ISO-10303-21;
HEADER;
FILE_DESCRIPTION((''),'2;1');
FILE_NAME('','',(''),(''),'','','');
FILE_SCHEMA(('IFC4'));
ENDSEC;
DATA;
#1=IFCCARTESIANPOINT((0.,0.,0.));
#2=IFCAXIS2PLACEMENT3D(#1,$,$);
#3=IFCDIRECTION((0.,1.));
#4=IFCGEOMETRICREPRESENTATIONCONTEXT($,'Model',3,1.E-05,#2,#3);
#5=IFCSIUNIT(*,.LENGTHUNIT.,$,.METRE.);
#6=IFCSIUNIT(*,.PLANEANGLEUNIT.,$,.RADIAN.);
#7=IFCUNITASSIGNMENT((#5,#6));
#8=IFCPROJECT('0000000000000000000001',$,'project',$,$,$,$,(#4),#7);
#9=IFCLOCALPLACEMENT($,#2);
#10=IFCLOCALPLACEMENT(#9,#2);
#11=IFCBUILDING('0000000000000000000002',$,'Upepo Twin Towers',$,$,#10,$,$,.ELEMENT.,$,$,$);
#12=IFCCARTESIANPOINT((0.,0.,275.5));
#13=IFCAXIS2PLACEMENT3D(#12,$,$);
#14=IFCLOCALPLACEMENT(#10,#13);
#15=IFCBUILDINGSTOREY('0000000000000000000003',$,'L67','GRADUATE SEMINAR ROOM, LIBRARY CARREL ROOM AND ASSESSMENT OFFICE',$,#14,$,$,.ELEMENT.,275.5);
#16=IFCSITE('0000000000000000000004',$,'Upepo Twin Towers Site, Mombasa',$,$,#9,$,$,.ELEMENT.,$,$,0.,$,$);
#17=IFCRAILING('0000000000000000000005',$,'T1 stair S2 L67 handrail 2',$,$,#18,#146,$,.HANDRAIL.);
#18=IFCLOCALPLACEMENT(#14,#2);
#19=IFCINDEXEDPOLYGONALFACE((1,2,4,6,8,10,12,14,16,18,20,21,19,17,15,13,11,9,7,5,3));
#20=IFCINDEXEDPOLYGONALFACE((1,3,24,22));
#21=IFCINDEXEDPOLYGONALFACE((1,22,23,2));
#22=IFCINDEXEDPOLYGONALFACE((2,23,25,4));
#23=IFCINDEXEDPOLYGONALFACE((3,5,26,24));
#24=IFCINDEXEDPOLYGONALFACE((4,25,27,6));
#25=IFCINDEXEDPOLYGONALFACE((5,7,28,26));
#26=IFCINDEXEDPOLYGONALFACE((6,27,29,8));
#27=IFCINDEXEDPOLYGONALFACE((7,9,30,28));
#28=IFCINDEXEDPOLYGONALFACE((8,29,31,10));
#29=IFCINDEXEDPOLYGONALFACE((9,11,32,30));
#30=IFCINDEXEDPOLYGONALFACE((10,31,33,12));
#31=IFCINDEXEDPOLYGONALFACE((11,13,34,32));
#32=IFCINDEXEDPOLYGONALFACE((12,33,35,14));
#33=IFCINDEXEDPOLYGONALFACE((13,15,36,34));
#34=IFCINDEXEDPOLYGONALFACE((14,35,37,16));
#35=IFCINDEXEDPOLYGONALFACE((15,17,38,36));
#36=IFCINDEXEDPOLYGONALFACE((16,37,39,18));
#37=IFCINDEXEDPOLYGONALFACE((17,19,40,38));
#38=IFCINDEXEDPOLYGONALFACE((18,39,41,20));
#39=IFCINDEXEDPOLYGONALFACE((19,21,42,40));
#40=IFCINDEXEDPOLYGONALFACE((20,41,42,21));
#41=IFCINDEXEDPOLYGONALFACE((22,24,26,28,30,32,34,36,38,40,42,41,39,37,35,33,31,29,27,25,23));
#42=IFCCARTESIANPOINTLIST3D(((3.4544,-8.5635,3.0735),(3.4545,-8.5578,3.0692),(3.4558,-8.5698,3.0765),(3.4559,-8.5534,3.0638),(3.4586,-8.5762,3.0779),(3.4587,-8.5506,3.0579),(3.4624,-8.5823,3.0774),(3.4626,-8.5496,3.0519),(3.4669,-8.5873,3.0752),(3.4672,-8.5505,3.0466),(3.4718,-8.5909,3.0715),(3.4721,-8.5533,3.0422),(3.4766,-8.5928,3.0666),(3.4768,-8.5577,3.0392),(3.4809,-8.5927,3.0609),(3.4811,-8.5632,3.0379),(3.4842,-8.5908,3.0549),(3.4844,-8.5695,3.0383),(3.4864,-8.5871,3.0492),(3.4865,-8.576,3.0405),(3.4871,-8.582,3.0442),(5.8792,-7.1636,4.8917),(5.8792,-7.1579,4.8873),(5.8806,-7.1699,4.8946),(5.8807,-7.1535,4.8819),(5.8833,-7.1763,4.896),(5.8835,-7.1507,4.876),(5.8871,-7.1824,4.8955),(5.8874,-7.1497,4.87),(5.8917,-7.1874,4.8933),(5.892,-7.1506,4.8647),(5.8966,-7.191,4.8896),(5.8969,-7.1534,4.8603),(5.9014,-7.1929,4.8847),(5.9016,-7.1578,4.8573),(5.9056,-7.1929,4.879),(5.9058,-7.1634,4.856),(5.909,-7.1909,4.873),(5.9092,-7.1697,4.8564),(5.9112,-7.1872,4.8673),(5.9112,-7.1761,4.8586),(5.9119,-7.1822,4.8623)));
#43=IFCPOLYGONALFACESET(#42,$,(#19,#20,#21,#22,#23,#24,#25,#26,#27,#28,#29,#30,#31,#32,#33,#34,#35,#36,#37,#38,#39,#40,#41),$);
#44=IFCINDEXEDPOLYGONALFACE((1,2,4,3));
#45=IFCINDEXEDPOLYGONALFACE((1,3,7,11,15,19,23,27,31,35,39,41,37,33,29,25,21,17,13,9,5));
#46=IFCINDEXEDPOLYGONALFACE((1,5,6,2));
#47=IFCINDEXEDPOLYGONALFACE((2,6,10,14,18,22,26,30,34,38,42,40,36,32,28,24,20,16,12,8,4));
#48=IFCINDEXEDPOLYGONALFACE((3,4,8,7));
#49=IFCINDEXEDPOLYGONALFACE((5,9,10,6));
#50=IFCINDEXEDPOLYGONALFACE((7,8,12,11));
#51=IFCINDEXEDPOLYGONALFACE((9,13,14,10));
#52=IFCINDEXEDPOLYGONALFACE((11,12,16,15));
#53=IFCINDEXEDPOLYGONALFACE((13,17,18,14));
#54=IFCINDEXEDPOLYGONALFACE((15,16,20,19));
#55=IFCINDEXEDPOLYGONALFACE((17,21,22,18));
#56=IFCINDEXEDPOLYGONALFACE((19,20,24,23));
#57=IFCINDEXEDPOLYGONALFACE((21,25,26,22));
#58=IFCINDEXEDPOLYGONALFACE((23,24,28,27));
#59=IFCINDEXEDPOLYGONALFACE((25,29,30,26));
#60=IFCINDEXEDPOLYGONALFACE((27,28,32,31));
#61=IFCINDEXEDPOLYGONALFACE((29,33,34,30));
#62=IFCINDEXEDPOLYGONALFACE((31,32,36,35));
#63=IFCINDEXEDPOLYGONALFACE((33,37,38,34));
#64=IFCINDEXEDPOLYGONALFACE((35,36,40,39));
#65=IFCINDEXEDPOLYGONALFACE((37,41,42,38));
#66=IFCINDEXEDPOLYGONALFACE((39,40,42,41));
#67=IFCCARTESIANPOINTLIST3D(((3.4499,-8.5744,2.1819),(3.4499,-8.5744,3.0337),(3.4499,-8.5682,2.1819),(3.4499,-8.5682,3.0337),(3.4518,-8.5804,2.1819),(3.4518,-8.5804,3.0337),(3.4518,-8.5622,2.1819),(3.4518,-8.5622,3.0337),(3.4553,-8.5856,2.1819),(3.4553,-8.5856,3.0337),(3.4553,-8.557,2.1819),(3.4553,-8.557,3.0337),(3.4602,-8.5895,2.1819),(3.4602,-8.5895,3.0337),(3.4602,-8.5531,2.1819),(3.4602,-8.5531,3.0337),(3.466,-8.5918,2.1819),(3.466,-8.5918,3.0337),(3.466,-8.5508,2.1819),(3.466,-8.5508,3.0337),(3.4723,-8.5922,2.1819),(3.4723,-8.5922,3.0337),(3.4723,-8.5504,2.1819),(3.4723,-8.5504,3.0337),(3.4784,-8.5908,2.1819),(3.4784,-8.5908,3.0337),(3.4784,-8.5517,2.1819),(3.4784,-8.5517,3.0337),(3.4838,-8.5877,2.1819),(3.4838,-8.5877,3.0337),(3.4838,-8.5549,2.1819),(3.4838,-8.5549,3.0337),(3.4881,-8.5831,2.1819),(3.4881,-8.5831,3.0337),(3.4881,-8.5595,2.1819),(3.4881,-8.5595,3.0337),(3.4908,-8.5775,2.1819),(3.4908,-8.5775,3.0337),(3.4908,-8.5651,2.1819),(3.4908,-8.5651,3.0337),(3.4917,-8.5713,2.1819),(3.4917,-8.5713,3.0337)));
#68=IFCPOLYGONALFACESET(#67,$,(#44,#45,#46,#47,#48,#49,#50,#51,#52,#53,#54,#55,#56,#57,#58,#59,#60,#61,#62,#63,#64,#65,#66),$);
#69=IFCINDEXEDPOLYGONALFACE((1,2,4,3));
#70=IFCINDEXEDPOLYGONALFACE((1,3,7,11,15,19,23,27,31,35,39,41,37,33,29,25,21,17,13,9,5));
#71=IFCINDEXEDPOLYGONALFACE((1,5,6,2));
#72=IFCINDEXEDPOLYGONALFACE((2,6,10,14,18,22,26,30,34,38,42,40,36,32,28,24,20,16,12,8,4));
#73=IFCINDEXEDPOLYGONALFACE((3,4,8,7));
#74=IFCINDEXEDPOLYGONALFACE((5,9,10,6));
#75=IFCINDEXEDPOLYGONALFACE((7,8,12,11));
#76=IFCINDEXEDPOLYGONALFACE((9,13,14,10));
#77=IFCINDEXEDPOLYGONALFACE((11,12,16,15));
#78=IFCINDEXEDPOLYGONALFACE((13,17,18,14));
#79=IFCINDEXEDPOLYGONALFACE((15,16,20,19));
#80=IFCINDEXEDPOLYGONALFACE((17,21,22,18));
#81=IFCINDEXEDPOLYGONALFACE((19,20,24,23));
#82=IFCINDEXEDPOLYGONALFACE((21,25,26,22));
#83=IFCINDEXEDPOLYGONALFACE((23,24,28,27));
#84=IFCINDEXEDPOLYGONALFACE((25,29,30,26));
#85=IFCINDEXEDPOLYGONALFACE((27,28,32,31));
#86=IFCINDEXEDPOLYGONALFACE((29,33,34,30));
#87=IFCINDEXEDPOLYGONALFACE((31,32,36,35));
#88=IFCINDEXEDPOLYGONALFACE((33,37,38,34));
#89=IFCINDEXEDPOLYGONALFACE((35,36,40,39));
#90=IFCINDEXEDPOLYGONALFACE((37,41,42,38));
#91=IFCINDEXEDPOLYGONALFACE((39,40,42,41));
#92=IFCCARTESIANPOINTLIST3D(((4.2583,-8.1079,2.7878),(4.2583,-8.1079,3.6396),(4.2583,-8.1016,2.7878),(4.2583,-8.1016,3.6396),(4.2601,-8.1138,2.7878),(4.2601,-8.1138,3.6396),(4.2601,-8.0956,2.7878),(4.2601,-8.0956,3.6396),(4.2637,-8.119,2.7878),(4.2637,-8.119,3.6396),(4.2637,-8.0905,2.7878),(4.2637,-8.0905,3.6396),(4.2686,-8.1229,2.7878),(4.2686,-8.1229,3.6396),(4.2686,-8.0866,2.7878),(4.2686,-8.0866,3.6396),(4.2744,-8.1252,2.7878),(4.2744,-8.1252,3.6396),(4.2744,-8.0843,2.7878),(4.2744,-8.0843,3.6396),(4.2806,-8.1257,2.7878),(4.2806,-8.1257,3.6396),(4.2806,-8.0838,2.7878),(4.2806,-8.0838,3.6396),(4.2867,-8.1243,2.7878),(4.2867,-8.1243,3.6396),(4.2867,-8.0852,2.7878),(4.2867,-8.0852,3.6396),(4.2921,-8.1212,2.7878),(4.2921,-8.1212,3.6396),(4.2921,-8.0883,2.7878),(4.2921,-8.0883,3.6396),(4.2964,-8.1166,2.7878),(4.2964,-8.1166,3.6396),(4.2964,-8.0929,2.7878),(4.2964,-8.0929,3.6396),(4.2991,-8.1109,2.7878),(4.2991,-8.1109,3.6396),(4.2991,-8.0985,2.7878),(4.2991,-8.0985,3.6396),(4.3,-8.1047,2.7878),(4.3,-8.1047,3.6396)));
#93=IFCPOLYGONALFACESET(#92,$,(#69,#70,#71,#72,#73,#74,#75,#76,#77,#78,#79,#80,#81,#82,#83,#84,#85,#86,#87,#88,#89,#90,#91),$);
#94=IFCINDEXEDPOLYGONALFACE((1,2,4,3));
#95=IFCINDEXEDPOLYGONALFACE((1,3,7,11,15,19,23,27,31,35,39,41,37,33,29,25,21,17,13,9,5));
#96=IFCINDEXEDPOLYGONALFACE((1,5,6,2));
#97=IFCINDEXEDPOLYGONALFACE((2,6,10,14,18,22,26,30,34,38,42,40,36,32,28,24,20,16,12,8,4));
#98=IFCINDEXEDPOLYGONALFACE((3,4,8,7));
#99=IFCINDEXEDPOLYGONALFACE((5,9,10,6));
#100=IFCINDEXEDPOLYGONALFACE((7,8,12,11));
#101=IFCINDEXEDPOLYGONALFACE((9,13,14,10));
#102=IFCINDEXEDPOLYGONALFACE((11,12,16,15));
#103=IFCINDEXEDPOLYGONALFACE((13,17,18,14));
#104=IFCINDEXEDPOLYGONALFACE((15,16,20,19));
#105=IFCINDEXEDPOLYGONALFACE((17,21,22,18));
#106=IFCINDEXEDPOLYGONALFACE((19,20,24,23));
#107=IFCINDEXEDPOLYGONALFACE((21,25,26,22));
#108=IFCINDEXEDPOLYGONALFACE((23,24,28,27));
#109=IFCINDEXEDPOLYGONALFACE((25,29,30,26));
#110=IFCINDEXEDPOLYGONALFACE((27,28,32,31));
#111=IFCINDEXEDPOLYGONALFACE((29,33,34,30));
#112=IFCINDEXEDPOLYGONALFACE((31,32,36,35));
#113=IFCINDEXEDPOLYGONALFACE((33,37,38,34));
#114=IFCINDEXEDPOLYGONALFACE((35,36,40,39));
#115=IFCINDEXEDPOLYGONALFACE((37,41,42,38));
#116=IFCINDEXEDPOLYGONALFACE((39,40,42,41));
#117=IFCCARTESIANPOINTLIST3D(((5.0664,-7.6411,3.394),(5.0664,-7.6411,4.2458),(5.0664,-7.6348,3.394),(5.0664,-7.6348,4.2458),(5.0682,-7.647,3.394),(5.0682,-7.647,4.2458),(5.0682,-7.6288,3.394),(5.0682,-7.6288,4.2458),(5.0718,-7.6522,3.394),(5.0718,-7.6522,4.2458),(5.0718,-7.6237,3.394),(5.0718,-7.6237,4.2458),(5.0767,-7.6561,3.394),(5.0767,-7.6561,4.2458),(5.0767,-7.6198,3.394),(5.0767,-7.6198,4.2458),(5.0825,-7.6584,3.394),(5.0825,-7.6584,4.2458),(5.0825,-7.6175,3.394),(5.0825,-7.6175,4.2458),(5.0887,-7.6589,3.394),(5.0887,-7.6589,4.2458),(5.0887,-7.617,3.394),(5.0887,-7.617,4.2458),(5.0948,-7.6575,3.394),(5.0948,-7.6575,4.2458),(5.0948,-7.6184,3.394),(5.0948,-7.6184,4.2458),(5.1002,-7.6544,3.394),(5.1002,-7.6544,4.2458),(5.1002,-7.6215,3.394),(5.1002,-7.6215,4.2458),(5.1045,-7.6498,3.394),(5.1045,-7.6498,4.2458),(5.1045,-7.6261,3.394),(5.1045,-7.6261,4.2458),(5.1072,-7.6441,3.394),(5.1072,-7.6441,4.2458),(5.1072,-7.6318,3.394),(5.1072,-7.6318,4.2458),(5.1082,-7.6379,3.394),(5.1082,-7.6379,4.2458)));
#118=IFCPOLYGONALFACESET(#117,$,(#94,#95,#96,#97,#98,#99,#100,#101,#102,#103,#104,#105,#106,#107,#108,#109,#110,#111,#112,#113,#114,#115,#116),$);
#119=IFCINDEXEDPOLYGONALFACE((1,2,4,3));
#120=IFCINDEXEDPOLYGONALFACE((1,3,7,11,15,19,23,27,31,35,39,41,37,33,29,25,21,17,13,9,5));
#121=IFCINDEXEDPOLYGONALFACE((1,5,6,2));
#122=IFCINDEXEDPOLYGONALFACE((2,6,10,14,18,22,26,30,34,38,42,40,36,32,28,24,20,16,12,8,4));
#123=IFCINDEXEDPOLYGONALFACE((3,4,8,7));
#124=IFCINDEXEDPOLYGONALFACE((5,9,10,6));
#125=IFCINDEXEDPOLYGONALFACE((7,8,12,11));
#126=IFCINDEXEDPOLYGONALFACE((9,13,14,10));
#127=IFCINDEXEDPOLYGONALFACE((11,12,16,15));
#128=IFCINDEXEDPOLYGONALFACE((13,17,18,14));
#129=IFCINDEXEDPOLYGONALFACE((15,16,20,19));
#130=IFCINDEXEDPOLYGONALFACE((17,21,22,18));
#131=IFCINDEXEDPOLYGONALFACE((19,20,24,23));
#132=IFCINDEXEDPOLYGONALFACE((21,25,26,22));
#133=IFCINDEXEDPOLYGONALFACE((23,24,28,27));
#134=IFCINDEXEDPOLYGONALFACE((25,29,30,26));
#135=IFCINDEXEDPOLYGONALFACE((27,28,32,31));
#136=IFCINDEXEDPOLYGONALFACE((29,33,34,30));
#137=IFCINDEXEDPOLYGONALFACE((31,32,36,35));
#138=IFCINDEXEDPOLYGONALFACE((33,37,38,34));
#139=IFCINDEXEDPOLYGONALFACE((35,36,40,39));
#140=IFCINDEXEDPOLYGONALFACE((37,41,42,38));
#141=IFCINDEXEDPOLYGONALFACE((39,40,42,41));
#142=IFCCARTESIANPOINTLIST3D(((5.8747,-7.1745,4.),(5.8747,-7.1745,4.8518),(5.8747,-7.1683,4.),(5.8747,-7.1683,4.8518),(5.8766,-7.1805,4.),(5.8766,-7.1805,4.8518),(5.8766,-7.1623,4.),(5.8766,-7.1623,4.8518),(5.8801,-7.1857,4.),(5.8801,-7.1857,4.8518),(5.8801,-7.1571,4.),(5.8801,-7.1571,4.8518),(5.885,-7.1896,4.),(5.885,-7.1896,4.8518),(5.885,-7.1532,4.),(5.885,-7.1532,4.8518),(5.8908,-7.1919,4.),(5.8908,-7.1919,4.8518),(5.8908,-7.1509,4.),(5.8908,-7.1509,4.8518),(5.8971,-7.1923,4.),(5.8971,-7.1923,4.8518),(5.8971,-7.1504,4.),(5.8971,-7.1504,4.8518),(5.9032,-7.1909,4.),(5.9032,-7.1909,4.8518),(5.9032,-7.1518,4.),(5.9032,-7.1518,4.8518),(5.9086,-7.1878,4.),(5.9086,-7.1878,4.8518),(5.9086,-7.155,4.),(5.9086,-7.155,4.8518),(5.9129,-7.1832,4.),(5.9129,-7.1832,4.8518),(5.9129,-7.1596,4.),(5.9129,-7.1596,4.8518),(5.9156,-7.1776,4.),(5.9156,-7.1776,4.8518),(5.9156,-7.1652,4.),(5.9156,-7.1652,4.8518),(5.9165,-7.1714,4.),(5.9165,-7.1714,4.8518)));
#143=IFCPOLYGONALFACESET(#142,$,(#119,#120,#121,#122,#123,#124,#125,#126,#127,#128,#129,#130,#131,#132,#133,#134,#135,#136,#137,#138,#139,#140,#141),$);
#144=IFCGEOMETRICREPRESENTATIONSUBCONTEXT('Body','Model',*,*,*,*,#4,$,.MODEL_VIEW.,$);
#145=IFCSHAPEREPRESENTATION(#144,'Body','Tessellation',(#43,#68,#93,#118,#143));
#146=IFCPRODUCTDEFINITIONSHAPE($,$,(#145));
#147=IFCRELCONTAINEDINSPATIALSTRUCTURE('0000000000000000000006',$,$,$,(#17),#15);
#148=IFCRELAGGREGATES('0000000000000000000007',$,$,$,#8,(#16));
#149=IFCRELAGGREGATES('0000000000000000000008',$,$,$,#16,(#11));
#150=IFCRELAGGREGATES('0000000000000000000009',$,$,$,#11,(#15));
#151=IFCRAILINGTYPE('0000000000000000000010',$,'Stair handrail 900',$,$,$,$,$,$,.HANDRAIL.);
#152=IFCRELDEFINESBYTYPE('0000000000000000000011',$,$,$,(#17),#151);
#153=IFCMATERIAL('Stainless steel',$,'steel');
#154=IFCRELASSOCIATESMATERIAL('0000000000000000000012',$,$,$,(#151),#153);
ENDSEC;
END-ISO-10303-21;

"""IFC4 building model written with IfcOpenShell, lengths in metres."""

from ifc_helpers import new_model, si_unit, direction, frame, origin, origin_2d, place, context, subcontext, project, spatial, circle, extrude, material, type_object, element, save


model = new_model("IFC4")

# Units and contexts
model_context = context("Model", 3, precision=1e-05, world=origin(), true_north=direction((0.0, 1.0)))
body_context = subcontext(model_context, "Body", "Model", "MODEL_VIEW")
ifc_project = project(units=[si_unit("LENGTHUNIT", "METRE"), si_unit("PLANEANGLEUNIT", "RADIAN")], contexts=[model_context])

# Site, building, storey
site_placement = place(None, origin())
site = spatial("IfcSite", under=ifc_project, at=site_placement, Name="Upepo Twin Towers Site, Mombasa", CompositionType="ELEMENT", RefElevation=0.0)
building_placement = place(site_placement, origin())
building = spatial("IfcBuilding", under=site, at=building_placement, Name="Upepo Twin Towers", CompositionType="ELEMENT")
storey_placement = place(building_placement, frame((0.0, 0.0, 275.5)))
storey = spatial("IfcBuildingStorey", under=building, at=storey_placement, Name="L67", Description="GRADUATE SEMINAR ROOM, LIBRARY CARREL ROOM AND ASSESSMENT OFFICE", CompositionType="ELEMENT", Elevation=275.5)

# Railing
ifc_material_1 = material(Name="Stainless steel", Category="steel")
railing_type = type_object("IfcRailingType", Name="Stair handrail 900", PredefinedType="HANDRAIL", material=ifc_material_1)
railing_1_placement = place(storey_placement, frame((3.4707, -8.5713, 2.1819)))
element("IfcRailing", 1, at=railing_1_placement, inside=storey, type_object=railing_type, Name="T1 stair S2 L67 handrail 2", PredefinedType="HANDRAIL", context=body_context, shape_type="SweptSolid", body=[
    extrude(circle(Radius=0.0239, at=origin_2d()), frame((0.0, 0.0, 0.876), z_axis=(0.726336, 0.419333, 0.544606), x_axis=(-0.499984, 0.866035, 0.0)), (0.0, 0.0, 1.0), 3.3384),
    extrude(circle(Radius=0.021, at=origin_2d()), origin(), (0.0, 0.0, 1.0), 0.8518),
    extrude(circle(Radius=0.021, at=origin_2d()), frame((0.8083, 0.4666, 0.606)), (0.0, 0.0, 1.0), 0.8518),
    extrude(circle(Radius=0.021, at=origin_2d()), frame((1.6165, 0.9333, 1.2122)), (0.0, 0.0, 1.0), 0.8518),
    extrude(circle(Radius=0.021, at=origin_2d()), frame((2.4248, 1.3999, 1.8181)), (0.0, 0.0, 1.0), 0.8518),
])

save(model, "model.ifc")
